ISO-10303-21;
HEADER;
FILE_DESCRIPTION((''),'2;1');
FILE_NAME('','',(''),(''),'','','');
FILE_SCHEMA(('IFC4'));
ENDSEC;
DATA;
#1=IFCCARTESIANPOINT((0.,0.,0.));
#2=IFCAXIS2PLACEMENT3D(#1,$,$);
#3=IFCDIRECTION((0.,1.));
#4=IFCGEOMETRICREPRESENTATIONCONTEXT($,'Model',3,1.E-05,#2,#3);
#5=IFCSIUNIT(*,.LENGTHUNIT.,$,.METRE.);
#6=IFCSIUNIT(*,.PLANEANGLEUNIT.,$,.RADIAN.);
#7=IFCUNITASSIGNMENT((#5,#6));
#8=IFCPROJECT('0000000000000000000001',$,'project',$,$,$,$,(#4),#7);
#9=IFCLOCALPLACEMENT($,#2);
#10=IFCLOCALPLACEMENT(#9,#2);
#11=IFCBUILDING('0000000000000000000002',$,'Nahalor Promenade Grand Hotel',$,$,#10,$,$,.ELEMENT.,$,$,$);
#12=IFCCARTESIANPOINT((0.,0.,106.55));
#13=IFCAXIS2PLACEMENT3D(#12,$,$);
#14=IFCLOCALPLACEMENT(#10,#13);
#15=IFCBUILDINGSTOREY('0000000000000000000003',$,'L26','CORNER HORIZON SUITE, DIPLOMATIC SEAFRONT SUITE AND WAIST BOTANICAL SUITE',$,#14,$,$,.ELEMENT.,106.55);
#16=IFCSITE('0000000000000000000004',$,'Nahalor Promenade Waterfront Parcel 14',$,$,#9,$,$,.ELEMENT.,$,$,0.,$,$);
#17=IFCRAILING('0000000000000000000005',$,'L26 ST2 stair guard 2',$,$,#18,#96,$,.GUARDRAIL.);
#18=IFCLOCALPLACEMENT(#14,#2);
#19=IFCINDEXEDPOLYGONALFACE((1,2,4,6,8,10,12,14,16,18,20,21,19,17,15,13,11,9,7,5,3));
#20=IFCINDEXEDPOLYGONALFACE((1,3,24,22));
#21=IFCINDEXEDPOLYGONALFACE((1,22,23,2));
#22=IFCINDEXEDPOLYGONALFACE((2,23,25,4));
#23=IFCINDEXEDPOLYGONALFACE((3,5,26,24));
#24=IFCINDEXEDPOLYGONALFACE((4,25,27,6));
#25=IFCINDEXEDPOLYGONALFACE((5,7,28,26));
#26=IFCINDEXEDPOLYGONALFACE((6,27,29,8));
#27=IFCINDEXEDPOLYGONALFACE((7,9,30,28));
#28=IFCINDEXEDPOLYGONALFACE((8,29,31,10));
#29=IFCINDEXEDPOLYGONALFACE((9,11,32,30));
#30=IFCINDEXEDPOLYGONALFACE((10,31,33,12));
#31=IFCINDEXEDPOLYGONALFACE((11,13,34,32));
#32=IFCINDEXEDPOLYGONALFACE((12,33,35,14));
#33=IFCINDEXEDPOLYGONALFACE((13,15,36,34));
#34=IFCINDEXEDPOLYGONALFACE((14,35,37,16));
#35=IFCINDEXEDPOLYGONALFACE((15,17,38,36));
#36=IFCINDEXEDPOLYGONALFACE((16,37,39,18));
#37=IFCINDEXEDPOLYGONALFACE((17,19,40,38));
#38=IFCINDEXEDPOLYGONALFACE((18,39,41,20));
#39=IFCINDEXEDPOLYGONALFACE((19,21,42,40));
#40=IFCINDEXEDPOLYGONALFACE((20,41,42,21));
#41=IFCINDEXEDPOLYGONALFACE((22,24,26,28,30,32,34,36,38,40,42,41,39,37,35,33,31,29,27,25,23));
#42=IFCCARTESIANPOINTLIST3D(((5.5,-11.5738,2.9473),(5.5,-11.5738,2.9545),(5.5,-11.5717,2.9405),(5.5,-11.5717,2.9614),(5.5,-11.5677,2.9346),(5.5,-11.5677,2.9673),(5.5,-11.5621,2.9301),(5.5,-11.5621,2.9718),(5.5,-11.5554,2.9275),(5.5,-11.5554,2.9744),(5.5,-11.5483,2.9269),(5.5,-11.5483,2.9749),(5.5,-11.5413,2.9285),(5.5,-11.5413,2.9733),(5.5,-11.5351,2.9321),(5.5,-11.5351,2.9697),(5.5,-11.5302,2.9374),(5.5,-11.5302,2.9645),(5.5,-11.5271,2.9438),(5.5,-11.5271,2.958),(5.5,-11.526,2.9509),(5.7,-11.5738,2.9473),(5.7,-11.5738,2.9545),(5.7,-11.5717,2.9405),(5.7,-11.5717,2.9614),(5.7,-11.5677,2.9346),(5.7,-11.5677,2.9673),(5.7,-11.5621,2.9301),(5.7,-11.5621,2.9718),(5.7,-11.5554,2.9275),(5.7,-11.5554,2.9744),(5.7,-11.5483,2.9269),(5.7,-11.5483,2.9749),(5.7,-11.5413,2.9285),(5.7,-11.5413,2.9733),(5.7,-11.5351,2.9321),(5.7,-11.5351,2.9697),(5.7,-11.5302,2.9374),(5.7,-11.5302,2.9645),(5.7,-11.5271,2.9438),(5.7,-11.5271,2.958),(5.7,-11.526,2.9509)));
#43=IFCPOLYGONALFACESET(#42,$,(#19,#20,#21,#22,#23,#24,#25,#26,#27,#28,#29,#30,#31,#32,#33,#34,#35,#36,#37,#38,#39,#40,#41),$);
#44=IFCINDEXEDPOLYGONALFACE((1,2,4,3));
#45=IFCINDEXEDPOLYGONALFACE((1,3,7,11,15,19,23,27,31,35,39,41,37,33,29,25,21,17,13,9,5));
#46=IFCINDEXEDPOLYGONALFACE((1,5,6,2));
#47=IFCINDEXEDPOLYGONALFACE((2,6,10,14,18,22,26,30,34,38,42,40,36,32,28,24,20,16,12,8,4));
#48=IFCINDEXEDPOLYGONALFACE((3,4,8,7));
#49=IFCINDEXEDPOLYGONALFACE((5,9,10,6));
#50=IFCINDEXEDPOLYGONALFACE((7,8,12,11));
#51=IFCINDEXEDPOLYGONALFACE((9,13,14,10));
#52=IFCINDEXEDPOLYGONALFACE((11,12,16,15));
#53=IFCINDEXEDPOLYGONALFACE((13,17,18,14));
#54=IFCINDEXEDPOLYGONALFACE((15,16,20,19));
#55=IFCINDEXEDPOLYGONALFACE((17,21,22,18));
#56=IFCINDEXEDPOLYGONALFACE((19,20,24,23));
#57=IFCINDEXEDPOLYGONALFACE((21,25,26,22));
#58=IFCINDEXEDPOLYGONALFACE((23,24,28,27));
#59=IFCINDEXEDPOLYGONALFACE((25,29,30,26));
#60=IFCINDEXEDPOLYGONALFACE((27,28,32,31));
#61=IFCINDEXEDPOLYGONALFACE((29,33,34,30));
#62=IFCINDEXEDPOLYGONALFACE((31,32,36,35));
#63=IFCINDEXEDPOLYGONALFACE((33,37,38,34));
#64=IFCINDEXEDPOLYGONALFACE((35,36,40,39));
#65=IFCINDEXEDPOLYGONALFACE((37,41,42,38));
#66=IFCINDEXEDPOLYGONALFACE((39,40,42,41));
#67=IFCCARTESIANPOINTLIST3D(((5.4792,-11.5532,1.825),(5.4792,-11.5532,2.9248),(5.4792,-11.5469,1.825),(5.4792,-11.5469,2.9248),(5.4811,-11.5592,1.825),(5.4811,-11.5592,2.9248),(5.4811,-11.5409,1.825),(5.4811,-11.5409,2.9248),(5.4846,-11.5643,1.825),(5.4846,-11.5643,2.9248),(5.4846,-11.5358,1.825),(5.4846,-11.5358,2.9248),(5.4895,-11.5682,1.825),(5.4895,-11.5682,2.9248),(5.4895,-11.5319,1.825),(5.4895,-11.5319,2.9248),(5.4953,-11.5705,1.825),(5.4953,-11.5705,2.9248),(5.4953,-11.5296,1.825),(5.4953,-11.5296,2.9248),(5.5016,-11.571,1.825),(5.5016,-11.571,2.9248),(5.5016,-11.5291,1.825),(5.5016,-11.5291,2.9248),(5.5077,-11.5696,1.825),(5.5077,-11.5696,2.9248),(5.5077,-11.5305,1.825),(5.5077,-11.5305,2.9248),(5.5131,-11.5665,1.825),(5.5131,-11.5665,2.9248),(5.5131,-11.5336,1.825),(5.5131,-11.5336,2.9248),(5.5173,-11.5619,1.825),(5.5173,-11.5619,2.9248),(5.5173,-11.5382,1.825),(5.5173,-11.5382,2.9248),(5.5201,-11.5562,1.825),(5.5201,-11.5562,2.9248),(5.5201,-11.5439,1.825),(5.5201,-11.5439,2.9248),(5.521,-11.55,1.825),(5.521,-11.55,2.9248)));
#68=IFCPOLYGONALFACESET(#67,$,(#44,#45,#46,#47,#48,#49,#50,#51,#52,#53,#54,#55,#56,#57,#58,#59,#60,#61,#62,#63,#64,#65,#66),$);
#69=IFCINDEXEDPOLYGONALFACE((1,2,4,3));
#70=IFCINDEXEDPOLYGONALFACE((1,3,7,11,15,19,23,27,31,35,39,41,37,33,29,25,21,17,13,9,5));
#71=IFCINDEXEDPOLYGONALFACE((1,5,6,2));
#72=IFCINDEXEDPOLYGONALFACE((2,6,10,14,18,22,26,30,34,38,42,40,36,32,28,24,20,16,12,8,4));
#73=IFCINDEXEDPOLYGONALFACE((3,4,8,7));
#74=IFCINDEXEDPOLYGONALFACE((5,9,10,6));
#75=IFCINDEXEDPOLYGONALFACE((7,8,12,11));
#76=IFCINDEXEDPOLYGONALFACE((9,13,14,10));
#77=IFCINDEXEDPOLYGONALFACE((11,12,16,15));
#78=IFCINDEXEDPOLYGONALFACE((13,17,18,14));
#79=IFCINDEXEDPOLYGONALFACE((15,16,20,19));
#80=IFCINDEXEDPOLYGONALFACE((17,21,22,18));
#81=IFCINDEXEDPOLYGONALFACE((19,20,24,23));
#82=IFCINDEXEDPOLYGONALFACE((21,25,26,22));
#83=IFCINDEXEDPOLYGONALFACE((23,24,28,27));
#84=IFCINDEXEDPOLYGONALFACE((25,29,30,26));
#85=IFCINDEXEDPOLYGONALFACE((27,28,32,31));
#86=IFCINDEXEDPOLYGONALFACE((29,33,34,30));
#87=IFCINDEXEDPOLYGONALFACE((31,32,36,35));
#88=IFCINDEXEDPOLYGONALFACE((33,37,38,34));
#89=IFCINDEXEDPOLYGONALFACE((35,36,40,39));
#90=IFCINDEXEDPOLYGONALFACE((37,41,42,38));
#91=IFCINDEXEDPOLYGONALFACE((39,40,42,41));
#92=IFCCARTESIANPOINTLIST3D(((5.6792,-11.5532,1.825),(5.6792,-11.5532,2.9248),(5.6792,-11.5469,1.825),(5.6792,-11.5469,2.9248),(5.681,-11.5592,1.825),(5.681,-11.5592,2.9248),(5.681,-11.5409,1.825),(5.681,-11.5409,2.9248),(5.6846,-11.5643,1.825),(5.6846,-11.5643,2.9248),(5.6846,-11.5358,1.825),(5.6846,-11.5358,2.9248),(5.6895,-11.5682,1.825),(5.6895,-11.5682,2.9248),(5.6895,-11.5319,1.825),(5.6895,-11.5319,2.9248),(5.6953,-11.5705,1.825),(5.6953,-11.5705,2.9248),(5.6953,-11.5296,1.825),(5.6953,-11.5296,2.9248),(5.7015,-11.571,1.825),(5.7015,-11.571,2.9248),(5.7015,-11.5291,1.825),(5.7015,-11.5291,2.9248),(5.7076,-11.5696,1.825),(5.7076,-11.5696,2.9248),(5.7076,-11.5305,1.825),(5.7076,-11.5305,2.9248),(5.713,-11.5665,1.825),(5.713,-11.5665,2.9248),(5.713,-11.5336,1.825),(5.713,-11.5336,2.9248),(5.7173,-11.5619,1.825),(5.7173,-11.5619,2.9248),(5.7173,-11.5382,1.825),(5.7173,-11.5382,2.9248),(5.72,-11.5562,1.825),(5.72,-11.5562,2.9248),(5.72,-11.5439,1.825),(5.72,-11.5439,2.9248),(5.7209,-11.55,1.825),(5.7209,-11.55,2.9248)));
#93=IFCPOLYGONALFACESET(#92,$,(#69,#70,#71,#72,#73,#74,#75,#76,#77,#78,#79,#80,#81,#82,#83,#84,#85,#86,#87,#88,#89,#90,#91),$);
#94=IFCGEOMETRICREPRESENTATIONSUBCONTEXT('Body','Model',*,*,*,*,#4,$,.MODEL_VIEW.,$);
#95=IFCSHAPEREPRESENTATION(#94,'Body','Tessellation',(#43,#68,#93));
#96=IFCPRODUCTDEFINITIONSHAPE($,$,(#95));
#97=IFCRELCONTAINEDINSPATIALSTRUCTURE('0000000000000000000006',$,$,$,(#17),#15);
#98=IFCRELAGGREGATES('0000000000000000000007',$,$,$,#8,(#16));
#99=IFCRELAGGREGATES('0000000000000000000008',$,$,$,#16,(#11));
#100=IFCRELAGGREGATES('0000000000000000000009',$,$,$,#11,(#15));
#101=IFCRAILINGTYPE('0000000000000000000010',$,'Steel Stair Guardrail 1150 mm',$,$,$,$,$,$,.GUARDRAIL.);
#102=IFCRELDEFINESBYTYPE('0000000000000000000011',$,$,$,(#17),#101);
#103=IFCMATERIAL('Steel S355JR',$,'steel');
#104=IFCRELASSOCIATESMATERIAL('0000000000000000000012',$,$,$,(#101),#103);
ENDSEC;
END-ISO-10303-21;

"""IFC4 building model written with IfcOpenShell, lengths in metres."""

from ifc_helpers import new_model, si_unit, direction, frame, origin, origin_2d, place, context, subcontext, project, spatial, circle, extrude, material, type_object, element, save


model = new_model("IFC4")

# Units and contexts
model_context = context("Model", 3, precision=1e-05, world=origin(), true_north=direction((0.0, 1.0)))
body_context = subcontext(model_context, "Body", "Model", "MODEL_VIEW")
ifc_project = project(units=[si_unit("LENGTHUNIT", "METRE"), si_unit("PLANEANGLEUNIT", "RADIAN")], contexts=[model_context])

# Site, building, storey
site_placement = place(None, origin())
site = spatial("IfcSite", under=ifc_project, at=site_placement, Name="Nahalor Promenade Waterfront Parcel 14", CompositionType="ELEMENT", RefElevation=0.0)
building_placement = place(site_placement, origin())
building = spatial("IfcBuilding", under=site, at=building_placement, Name="Nahalor Promenade Grand Hotel", CompositionType="ELEMENT")
storey_placement = place(building_placement, frame((0.0, 0.0, 106.55)))
storey = spatial("IfcBuildingStorey", under=building, at=storey_placement, Name="L26", Description="CORNER HORIZON SUITE, DIPLOMATIC SEAFRONT SUITE AND WAIST BOTANICAL SUITE", CompositionType="ELEMENT", Elevation=106.55)

# Shared definitions
ifc_material_1 = material(Name="Steel S355JR", Category="steel")

# Railing
railing_type_1 = type_object("IfcRailingType", Name="Steel Stair Guardrail 1150 mm", PredefinedType="GUARDRAIL", material=ifc_material_1)
railing_1_placement = place(storey_placement, frame((5.5, -11.55, 1.825)))
element("IfcRailing", 1, at=railing_1_placement, inside=storey, type_object=railing_type_1, Name="L26 ST2 stair guard 2", PredefinedType="GUARDRAIL", context=body_context, shape_type="SweptSolid", body=[
    extrude(circle(Radius=0.024, at=origin_2d()), frame((0.0, 0.0, 1.126), z_axis=(1.0, 0.0, 0.0), x_axis=(0.0, 1.0, 0.0)), (0.0, 0.0, 1.0), 0.2),
    extrude(circle(Radius=0.021, at=origin_2d()), origin(), (0.0, 0.0, 1.0), 1.0999),
    extrude(circle(Radius=0.021, at=origin_2d()), frame((0.2, 0.0, 0.0)), (0.0, 0.0, 1.0), 1.0999),
])

save(model, "model.ifc")
